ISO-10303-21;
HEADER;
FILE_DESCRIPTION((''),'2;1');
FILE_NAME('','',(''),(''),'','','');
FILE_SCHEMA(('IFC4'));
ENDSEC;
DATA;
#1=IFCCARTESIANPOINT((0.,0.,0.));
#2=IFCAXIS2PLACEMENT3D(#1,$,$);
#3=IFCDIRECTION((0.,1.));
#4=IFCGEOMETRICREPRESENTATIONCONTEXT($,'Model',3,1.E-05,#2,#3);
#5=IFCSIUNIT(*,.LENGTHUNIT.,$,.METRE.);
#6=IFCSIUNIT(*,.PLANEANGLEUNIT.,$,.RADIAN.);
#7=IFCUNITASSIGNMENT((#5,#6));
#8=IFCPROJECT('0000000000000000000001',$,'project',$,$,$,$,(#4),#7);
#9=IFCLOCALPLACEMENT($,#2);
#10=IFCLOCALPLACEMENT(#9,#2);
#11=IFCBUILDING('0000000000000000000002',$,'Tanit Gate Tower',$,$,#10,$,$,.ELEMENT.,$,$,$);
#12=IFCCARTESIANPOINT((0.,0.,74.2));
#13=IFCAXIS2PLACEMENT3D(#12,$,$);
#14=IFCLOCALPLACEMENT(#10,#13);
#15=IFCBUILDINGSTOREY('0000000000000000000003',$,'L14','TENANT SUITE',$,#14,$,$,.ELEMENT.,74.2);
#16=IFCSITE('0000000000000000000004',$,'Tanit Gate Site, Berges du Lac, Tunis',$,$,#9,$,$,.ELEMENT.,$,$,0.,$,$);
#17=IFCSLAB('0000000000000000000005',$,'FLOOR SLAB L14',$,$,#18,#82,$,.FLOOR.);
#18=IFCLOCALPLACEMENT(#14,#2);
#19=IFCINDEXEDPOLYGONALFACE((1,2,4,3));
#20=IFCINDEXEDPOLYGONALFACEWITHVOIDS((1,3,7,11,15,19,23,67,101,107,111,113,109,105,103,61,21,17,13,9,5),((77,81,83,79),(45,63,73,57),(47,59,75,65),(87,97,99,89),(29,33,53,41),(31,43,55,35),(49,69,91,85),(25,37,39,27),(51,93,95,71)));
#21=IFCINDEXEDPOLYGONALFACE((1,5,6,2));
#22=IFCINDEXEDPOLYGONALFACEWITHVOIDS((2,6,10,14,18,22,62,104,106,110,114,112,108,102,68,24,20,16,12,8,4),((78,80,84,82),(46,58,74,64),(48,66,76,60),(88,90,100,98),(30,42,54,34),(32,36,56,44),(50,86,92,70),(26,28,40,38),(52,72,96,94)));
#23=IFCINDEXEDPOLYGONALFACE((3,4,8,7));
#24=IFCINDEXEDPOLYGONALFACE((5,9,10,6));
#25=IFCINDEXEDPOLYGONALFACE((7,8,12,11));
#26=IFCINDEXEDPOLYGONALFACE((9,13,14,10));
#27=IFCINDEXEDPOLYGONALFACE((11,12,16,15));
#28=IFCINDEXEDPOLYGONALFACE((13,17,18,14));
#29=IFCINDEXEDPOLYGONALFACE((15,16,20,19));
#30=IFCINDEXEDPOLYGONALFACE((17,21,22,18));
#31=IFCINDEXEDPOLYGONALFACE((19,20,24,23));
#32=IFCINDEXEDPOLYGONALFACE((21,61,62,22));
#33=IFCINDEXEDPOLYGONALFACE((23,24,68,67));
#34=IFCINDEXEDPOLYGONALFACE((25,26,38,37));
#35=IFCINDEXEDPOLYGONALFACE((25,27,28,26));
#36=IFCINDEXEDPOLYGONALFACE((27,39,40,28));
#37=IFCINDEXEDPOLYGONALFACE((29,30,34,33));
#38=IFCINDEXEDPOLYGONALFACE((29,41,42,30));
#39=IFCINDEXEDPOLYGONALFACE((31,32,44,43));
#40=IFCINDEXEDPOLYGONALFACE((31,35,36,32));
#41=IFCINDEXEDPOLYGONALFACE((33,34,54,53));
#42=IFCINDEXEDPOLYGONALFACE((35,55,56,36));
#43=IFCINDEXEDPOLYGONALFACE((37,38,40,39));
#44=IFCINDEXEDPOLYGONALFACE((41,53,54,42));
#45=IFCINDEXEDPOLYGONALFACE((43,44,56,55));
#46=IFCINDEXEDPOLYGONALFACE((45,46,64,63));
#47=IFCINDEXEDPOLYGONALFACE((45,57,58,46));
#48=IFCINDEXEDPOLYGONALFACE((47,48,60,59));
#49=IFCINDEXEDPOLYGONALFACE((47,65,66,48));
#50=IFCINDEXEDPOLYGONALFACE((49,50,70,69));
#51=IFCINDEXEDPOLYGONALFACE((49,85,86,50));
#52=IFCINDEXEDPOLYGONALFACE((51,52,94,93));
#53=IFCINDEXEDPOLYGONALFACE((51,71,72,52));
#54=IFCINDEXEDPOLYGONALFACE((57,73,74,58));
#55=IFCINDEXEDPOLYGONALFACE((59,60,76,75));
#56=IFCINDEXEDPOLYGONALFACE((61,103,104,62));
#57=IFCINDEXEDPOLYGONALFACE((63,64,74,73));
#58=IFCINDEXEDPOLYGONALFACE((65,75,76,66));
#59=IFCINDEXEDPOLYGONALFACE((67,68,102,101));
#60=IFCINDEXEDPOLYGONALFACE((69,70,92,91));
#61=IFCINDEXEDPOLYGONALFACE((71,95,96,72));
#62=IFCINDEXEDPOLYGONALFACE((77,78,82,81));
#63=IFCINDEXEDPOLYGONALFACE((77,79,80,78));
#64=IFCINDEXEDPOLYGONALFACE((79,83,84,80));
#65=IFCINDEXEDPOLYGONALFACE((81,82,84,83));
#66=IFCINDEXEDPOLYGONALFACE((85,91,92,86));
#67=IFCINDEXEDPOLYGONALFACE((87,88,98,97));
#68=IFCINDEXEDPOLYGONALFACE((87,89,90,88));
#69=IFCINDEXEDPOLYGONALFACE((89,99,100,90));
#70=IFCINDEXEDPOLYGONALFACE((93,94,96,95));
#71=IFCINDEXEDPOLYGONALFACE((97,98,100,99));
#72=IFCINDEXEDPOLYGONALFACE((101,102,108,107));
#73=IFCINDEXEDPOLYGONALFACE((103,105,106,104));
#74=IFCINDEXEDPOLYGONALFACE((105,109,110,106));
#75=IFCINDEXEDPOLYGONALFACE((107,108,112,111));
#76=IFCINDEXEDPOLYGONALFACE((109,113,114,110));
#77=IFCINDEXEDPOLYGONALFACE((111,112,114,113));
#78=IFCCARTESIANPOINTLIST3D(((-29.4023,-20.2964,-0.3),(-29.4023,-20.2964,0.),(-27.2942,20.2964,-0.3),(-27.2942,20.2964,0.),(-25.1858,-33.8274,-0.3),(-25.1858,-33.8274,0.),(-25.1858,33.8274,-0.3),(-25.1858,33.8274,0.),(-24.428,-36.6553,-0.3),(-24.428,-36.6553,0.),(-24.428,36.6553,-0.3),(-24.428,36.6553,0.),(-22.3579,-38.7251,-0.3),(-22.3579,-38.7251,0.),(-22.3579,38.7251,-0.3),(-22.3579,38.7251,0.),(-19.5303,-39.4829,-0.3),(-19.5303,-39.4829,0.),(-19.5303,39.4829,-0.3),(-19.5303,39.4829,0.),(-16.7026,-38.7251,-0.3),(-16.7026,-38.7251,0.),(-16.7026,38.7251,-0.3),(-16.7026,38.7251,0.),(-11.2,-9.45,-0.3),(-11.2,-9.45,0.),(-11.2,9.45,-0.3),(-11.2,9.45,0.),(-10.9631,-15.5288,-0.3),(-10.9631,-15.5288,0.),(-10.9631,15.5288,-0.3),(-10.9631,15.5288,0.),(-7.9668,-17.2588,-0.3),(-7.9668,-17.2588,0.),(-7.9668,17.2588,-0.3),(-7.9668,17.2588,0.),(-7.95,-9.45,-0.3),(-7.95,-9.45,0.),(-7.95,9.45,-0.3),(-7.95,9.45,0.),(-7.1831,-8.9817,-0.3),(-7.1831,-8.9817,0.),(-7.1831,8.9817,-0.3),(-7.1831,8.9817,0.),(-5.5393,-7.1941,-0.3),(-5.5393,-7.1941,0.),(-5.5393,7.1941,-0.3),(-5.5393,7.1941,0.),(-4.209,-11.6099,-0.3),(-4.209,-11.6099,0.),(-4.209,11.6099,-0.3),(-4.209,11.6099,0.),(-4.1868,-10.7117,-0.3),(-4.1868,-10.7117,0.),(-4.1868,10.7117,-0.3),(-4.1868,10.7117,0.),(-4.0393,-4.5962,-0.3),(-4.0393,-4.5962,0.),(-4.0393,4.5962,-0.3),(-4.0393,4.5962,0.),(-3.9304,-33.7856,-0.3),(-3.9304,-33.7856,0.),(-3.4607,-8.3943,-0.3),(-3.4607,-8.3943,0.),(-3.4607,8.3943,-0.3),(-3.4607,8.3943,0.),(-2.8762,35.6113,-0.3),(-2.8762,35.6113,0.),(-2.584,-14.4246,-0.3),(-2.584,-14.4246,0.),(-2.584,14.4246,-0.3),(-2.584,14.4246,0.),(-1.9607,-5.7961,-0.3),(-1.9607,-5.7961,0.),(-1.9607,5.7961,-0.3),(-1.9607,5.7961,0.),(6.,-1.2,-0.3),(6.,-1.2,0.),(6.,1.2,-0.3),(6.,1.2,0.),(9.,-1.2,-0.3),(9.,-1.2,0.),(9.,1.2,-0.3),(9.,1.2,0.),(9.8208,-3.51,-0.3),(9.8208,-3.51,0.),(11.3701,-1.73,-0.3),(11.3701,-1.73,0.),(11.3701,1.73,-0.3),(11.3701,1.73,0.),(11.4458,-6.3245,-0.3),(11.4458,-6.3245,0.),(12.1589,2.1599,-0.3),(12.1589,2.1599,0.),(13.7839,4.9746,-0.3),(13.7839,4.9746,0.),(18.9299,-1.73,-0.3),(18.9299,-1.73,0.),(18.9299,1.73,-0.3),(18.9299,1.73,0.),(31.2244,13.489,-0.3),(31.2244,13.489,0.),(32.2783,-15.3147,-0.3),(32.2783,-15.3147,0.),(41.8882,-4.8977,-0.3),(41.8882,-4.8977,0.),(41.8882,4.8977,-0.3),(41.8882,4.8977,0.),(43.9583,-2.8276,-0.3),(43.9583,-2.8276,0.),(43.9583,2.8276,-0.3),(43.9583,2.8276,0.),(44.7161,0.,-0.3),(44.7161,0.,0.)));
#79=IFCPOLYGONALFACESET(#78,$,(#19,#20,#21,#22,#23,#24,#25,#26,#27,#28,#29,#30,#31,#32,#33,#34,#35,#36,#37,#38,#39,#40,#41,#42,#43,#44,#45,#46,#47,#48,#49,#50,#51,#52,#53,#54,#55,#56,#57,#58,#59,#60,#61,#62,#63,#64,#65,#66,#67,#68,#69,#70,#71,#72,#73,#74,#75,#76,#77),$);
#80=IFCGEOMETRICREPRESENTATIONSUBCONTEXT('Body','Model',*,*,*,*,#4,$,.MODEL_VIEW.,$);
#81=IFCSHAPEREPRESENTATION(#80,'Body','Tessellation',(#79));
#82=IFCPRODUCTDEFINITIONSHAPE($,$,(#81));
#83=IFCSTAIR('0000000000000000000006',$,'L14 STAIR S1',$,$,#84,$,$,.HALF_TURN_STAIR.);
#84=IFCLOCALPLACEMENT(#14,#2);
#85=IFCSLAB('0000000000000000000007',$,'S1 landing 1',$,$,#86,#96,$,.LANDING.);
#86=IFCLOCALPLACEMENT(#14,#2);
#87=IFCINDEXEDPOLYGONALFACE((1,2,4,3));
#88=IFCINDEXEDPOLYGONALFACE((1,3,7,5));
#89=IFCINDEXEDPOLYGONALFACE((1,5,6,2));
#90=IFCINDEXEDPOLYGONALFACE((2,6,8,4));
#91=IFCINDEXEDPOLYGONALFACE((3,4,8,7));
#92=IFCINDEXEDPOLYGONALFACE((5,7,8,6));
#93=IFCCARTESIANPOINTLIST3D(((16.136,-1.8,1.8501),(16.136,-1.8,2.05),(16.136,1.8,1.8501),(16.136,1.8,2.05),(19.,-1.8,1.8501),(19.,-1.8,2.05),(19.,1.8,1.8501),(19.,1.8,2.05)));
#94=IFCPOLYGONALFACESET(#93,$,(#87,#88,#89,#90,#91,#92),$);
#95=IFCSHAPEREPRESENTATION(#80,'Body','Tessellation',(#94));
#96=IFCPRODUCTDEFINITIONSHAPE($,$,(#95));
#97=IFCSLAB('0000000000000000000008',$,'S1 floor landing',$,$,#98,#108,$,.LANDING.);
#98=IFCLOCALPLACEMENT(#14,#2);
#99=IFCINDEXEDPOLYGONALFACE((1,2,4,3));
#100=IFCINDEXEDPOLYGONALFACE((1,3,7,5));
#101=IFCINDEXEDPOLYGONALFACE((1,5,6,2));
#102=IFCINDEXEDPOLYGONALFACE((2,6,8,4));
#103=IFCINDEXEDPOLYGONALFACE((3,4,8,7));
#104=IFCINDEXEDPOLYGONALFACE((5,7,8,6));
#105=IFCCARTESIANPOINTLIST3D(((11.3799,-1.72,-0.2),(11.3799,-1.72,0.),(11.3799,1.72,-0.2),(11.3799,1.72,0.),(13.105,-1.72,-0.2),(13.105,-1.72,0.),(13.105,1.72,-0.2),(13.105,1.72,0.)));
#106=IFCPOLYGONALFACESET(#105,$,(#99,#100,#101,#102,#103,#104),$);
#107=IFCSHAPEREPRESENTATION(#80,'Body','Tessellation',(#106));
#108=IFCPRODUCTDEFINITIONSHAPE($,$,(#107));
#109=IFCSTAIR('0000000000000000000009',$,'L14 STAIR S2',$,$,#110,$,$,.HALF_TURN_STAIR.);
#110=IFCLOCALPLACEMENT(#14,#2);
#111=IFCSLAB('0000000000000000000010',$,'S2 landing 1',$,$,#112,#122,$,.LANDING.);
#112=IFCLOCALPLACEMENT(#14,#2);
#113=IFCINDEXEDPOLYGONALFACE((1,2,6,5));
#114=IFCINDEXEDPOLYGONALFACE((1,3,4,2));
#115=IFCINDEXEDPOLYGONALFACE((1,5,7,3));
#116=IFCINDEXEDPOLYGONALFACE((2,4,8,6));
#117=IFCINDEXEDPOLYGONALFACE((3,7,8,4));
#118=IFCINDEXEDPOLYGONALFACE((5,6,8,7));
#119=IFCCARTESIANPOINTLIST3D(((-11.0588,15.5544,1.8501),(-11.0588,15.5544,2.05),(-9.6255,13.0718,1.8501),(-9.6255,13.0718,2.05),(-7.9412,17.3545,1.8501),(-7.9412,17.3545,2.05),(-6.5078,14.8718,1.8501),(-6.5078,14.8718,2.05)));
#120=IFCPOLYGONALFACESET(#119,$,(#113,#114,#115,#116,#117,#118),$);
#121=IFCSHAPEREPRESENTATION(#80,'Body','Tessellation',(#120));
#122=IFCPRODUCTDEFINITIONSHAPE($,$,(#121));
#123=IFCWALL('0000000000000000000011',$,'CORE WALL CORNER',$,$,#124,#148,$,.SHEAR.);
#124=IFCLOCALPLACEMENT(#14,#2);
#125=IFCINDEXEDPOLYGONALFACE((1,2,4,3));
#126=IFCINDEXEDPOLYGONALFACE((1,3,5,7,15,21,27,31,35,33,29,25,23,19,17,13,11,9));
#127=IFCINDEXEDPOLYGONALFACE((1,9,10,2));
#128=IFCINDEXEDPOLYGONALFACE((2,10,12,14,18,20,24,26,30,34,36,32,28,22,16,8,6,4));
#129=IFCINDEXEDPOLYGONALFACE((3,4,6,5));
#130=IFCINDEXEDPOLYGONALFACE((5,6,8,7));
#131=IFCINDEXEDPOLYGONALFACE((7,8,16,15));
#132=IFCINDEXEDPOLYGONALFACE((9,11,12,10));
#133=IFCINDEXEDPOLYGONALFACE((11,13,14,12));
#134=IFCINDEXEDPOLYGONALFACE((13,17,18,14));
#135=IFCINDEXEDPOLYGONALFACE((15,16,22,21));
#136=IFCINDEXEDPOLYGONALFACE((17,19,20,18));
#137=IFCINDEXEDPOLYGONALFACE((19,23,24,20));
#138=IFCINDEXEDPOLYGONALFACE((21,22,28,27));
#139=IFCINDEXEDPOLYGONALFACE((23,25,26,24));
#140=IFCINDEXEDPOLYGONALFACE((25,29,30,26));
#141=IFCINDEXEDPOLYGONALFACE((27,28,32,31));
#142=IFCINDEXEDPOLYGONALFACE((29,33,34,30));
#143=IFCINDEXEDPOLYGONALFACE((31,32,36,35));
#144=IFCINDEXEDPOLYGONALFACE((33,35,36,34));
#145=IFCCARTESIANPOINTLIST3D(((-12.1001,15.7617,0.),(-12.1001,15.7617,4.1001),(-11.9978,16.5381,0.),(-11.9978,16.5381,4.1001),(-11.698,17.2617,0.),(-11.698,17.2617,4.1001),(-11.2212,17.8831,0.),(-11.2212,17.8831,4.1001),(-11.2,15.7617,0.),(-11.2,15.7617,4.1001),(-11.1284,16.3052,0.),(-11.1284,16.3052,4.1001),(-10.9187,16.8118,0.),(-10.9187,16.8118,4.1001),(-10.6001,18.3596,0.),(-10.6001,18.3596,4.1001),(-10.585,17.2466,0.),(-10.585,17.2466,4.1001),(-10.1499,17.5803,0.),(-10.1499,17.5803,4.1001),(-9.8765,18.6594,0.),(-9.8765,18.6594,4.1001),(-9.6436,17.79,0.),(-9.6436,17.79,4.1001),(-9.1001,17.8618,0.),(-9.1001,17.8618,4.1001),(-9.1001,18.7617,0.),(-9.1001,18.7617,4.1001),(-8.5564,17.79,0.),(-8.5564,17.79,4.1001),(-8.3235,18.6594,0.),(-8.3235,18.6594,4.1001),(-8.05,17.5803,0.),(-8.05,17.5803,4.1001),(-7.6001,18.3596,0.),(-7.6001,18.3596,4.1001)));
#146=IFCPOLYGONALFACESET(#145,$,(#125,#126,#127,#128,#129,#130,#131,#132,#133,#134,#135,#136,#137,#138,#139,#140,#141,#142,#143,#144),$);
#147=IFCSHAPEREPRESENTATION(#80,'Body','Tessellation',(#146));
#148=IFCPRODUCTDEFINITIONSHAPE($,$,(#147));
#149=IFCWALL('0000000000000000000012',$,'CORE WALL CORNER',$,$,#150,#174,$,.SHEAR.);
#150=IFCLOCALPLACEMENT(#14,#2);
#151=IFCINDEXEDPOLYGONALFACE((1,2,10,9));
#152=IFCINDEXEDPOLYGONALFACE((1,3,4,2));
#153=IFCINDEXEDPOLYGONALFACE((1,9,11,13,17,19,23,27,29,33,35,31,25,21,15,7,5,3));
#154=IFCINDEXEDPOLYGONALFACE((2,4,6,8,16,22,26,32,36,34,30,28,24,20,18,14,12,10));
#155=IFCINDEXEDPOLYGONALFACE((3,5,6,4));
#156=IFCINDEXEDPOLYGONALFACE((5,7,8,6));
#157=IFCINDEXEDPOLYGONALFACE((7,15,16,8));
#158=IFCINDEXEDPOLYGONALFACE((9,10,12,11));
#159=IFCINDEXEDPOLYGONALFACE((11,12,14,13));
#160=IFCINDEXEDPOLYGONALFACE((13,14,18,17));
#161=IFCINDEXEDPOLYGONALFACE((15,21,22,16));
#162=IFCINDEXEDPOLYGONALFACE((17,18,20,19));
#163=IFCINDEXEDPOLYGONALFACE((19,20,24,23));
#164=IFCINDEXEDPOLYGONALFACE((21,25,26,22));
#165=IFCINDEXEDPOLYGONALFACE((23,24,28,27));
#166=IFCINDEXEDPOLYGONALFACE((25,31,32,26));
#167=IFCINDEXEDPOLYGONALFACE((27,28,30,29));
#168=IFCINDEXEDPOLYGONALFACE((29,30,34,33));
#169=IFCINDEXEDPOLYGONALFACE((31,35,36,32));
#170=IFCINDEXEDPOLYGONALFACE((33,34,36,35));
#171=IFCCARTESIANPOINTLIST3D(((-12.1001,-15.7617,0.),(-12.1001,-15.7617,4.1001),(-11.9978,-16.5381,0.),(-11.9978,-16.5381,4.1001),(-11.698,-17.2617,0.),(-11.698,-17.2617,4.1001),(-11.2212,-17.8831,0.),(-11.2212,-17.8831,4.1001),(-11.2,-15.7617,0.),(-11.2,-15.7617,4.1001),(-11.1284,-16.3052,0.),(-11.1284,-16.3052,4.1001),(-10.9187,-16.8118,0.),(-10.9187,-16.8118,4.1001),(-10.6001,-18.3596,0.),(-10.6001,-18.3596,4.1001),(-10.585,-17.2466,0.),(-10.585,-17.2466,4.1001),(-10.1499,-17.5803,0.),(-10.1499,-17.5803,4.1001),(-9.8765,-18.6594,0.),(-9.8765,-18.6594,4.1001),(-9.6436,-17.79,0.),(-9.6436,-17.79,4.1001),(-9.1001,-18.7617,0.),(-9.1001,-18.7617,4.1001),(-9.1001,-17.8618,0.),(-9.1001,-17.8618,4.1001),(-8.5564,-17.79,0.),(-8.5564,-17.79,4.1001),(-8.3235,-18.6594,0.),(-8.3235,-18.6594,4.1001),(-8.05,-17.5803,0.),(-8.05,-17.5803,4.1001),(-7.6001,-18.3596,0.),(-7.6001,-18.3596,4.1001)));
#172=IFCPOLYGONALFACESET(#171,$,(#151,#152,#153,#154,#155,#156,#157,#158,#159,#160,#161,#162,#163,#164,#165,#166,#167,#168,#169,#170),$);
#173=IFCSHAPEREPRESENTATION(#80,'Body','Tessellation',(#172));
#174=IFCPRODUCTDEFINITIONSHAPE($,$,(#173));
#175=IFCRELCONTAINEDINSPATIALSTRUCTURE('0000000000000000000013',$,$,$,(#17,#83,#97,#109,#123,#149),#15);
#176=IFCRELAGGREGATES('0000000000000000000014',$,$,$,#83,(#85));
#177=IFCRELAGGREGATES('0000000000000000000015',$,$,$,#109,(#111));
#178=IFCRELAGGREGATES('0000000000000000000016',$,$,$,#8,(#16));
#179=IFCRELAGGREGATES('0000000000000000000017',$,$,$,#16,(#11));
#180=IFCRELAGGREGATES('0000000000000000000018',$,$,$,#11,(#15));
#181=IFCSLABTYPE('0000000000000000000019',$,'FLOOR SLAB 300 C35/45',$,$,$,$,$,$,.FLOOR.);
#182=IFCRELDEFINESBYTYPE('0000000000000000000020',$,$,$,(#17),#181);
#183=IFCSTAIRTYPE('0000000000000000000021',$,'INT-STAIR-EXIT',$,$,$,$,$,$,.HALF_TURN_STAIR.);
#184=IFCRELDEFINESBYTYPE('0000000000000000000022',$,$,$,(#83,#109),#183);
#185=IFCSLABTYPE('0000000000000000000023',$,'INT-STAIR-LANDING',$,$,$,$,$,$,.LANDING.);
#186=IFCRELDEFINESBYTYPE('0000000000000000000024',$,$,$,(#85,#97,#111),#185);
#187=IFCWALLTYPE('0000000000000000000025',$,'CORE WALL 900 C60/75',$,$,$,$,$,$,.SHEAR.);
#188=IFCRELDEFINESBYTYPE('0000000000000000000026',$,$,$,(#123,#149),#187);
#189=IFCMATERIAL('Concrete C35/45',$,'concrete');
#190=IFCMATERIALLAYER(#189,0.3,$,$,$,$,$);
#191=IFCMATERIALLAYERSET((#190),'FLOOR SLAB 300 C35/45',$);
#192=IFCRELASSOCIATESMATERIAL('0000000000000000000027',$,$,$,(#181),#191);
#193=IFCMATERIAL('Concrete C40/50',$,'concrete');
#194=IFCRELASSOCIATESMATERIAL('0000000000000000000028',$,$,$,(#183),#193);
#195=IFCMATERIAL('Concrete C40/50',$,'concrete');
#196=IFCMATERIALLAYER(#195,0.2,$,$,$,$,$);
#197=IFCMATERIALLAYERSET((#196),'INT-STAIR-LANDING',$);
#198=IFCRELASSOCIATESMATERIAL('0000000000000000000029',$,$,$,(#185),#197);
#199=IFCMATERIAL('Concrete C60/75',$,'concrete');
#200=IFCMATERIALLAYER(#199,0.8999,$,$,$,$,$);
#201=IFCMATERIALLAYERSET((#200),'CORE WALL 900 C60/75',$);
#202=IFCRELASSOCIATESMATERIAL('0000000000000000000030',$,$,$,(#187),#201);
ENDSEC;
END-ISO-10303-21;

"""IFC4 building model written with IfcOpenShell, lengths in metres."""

from ifc_helpers import new_model, si_unit, direction, frame, origin, place, context, subcontext, project, spatial, polyline, outline, extrude, material, layer, layer_set, type_object, element, aggregate, save


model = new_model("IFC4")

# Units and contexts
model_context = context("Model", 3, precision=1e-05, world=origin(), true_north=direction((0.0, 1.0)))
body_context = subcontext(model_context, "Body", "Model", "MODEL_VIEW")
ifc_project = project(units=[si_unit("LENGTHUNIT", "METRE"), si_unit("PLANEANGLEUNIT", "RADIAN")], contexts=[model_context])

# Site, building, storey
site_placement = place(None, origin())
site = spatial("IfcSite", under=ifc_project, at=site_placement, Name="Tanit Gate Site, Berges du Lac, Tunis", CompositionType="ELEMENT", RefElevation=0.0)
building_placement = place(site_placement, origin())
building = spatial("IfcBuilding", under=site, at=building_placement, Name="Tanit Gate Tower", CompositionType="ELEMENT")
storey_placement = place(building_placement, frame((0.0, 0.0, 74.2)))
storey = spatial("IfcBuildingStorey", under=building, at=storey_placement, Name="L14", Description="TENANT SUITE", CompositionType="ELEMENT", Elevation=74.2)

# Slab
ifc_material_1 = material(Name="Concrete C35/45", Category="concrete")
ifc_layer_1 = layer(ifc_material_1, 0.3)
ifc_layer_set_1 = layer_set([ifc_layer_1], Name="FLOOR SLAB 300 C35/45")
slab_type_1 = type_object("IfcSlabType", Name="FLOOR SLAB 300 C35/45", PredefinedType="FLOOR", material=ifc_layer_set_1)
slab_1_placement = place(storey_placement, frame((0.0, 0.0, -0.3)))
element("IfcSlab", 1, at=slab_1_placement, inside=storey, type_object=slab_type_1, Name="FLOOR SLAB L14", PredefinedType="FLOOR", context=body_context, shape_type="SweptSolid", body=[
    extrude(outline(polyline([(41.8882, 4.8977), (43.9583, 2.8276), (44.7161, 0.0), (43.9583, -2.8276), (41.8882, -4.8977), (32.2783, -15.3147), (-3.9304, -33.7856), (-16.7026, -38.7251), (-19.5303, -39.4829), (-22.3579, -38.7251), (-24.428, -36.6553), (-25.1858, -33.8274), (-29.4023, -20.2964), (-27.2942, 20.2964), (-25.1858, 33.8274), (-24.428, 36.6553), (-22.3579, 38.7251), (-19.5303, 39.4829), (-16.7026, 38.7251), (-2.8762, 35.6113), (31.2244, 13.489), (41.8882, 4.8977)]), holes=[polyline([(11.3701, 1.73), (18.9299, 1.73), (18.9299, -1.73), (11.3701, -1.73), (11.3701, 1.73)]), polyline([(-4.209, 11.6099), (-2.584, 14.4246), (13.7839, 4.9746), (12.1589, 2.1599), (-4.209, 11.6099)]), polyline([(-4.209, -11.6099), (9.8208, -3.51), (11.4458, -6.3245), (-2.584, -14.4246), (-4.209, -11.6099)]), polyline([(9.0, 1.2), (9.0, -1.2), (6.0, -1.2), (6.0, 1.2), (9.0, 1.2)]), polyline([(-5.5393, 7.1941), (-3.4607, 8.3943), (-1.9607, 5.7961), (-4.0393, 4.5962), (-5.5393, 7.1941)]), polyline([(-1.9607, -5.7961), (-3.4607, -8.3943), (-5.5393, -7.1941), (-4.0393, -4.5962), (-1.9607, -5.7961)]), polyline([(-10.9631, 15.5288), (-7.9668, 17.2588), (-4.1868, 10.7117), (-7.1831, 8.9817), (-10.9631, 15.5288)]), polyline([(-4.1868, -10.7117), (-7.9668, -17.2588), (-10.9631, -15.5288), (-7.1831, -8.9817), (-4.1868, -10.7117)]), polyline([(-11.2, -9.45), (-11.2, 9.45), (-7.95, 9.45), (-7.95, -9.45), (-11.2, -9.45)])]), origin(), (0.0, 0.0, 1.0), 0.3),
])

# Stair, slab
ifc_material_2 = material(Name="Concrete C40/50", Category="concrete")
stair_type = type_object("IfcStairType", Name="INT-STAIR-EXIT", PredefinedType="HALF_TURN_STAIR", material=ifc_material_2)
stair_1_placement = place(storey_placement, origin())
stair_1 = element("IfcStair", 2, at=stair_1_placement, inside=storey, type_object=stair_type, Name="L14 STAIR S1", PredefinedType="HALF_TURN_STAIR")
ifc_material_3 = material(Name="Concrete C40/50", Category="concrete")
ifc_layer_2 = layer(ifc_material_3, 0.2)
ifc_layer_set_2 = layer_set([ifc_layer_2], Name="INT-STAIR-LANDING")
slab_type_2 = type_object("IfcSlabType", Name="INT-STAIR-LANDING", PredefinedType="LANDING", material=ifc_layer_set_2)
slab_2_placement = place(storey_placement, frame((0.0, 0.0, 1.8501)))
slab_2 = element("IfcSlab", 3, at=slab_2_placement, type_object=slab_type_2, Name="S1 landing 1", PredefinedType="LANDING", context=body_context, shape_type="SweptSolid", body=[
    extrude(outline(polyline([(16.136, -1.8), (19.0, -1.8), (19.0, 1.8), (16.136, 1.8), (16.136, -1.8)])), origin(), (0.0, 0.0, 1.0), 0.2),
])
aggregate(stair_1, [slab_2])

# Slab
slab_3_placement = place(storey_placement, frame((0.0, 0.0, -0.2)))
element("IfcSlab", 4, at=slab_3_placement, inside=storey, type_object=slab_type_2, Name="S1 floor landing", PredefinedType="LANDING", context=body_context, shape_type="SweptSolid", body=[
    extrude(outline(polyline([(11.3799, -1.72), (13.105, -1.72), (13.105, 1.72), (11.3799, 1.72), (11.3799, -1.72)])), origin(), (0.0, 0.0, 1.0), 0.2),
])

# Stair, slab
stair_2_placement = place(storey_placement, origin())
stair_2 = element("IfcStair", 5, at=stair_2_placement, inside=storey, type_object=stair_type, Name="L14 STAIR S2", PredefinedType="HALF_TURN_STAIR")
slab_4_placement = place(storey_placement, frame((0.0, 0.0, 1.8501)))
slab_4 = element("IfcSlab", 6, at=slab_4_placement, type_object=slab_type_2, Name="S2 landing 1", PredefinedType="LANDING", context=body_context, shape_type="SweptSolid", body=[
    extrude(outline(polyline([(-6.5078, 14.8718), (-7.9412, 17.3545), (-11.0588, 15.5544), (-9.6255, 13.0718), (-6.5078, 14.8718)])), origin(), (0.0, 0.0, 1.0), 0.2),
])
aggregate(stair_2, [slab_4])

# Walls
ifc_material_4 = material(Name="Concrete C60/75", Category="concrete")
ifc_layer_3 = layer(ifc_material_4, 0.8999)
ifc_layer_set_3 = layer_set([ifc_layer_3], Name="CORE WALL 900 C60/75")
wall_type_1 = type_object("IfcWallType", Name="CORE WALL 900 C60/75", PredefinedType="SHEAR", material=ifc_layer_set_3)
wall_1_placement = place(storey_placement, origin())
element("IfcWall", 7, at=wall_1_placement, inside=storey, type_object=wall_type_1, Name="CORE WALL CORNER", PredefinedType="SHEAR", context=body_context, shape_type="SweptSolid", body=[
    extrude(outline(polyline([(-7.6001, 18.3596), (-8.3235, 18.6594), (-9.1001, 18.7617), (-9.8765, 18.6594), (-10.6001, 18.3596), (-11.2212, 17.8831), (-11.698, 17.2617), (-11.9978, 16.5381), (-12.1001, 15.7617), (-11.2, 15.7617), (-11.1284, 16.3052), (-10.9187, 16.8118), (-10.585, 17.2466), (-10.1499, 17.5803), (-9.6436, 17.79), (-9.1001, 17.8618), (-8.5564, 17.79), (-8.05, 17.5803), (-7.6001, 18.3596)])), origin(), (0.0, 0.0, 1.0), 4.1001),
])
wall_2_placement = place(storey_placement, origin())
element("IfcWall", 8, at=wall_2_placement, inside=storey, type_object=wall_type_1, Name="CORE WALL CORNER", PredefinedType="SHEAR", context=body_context, shape_type="SweptSolid", body=[
    extrude(outline(polyline([(-12.1001, -15.7617), (-11.9978, -16.5381), (-11.698, -17.2617), (-11.2212, -17.8831), (-10.6001, -18.3596), (-9.8765, -18.6594), (-9.1001, -18.7617), (-8.3235, -18.6594), (-7.6001, -18.3596), (-8.05, -17.5803), (-8.5564, -17.79), (-9.1001, -17.8618), (-9.6436, -17.79), (-10.1499, -17.5803), (-10.585, -17.2466), (-10.9187, -16.8118), (-11.1284, -16.3052), (-11.2, -15.7617), (-12.1001, -15.7617)])), origin(), (0.0, 0.0, 1.0), 4.1001),
])

save(model, "model.ifc")
